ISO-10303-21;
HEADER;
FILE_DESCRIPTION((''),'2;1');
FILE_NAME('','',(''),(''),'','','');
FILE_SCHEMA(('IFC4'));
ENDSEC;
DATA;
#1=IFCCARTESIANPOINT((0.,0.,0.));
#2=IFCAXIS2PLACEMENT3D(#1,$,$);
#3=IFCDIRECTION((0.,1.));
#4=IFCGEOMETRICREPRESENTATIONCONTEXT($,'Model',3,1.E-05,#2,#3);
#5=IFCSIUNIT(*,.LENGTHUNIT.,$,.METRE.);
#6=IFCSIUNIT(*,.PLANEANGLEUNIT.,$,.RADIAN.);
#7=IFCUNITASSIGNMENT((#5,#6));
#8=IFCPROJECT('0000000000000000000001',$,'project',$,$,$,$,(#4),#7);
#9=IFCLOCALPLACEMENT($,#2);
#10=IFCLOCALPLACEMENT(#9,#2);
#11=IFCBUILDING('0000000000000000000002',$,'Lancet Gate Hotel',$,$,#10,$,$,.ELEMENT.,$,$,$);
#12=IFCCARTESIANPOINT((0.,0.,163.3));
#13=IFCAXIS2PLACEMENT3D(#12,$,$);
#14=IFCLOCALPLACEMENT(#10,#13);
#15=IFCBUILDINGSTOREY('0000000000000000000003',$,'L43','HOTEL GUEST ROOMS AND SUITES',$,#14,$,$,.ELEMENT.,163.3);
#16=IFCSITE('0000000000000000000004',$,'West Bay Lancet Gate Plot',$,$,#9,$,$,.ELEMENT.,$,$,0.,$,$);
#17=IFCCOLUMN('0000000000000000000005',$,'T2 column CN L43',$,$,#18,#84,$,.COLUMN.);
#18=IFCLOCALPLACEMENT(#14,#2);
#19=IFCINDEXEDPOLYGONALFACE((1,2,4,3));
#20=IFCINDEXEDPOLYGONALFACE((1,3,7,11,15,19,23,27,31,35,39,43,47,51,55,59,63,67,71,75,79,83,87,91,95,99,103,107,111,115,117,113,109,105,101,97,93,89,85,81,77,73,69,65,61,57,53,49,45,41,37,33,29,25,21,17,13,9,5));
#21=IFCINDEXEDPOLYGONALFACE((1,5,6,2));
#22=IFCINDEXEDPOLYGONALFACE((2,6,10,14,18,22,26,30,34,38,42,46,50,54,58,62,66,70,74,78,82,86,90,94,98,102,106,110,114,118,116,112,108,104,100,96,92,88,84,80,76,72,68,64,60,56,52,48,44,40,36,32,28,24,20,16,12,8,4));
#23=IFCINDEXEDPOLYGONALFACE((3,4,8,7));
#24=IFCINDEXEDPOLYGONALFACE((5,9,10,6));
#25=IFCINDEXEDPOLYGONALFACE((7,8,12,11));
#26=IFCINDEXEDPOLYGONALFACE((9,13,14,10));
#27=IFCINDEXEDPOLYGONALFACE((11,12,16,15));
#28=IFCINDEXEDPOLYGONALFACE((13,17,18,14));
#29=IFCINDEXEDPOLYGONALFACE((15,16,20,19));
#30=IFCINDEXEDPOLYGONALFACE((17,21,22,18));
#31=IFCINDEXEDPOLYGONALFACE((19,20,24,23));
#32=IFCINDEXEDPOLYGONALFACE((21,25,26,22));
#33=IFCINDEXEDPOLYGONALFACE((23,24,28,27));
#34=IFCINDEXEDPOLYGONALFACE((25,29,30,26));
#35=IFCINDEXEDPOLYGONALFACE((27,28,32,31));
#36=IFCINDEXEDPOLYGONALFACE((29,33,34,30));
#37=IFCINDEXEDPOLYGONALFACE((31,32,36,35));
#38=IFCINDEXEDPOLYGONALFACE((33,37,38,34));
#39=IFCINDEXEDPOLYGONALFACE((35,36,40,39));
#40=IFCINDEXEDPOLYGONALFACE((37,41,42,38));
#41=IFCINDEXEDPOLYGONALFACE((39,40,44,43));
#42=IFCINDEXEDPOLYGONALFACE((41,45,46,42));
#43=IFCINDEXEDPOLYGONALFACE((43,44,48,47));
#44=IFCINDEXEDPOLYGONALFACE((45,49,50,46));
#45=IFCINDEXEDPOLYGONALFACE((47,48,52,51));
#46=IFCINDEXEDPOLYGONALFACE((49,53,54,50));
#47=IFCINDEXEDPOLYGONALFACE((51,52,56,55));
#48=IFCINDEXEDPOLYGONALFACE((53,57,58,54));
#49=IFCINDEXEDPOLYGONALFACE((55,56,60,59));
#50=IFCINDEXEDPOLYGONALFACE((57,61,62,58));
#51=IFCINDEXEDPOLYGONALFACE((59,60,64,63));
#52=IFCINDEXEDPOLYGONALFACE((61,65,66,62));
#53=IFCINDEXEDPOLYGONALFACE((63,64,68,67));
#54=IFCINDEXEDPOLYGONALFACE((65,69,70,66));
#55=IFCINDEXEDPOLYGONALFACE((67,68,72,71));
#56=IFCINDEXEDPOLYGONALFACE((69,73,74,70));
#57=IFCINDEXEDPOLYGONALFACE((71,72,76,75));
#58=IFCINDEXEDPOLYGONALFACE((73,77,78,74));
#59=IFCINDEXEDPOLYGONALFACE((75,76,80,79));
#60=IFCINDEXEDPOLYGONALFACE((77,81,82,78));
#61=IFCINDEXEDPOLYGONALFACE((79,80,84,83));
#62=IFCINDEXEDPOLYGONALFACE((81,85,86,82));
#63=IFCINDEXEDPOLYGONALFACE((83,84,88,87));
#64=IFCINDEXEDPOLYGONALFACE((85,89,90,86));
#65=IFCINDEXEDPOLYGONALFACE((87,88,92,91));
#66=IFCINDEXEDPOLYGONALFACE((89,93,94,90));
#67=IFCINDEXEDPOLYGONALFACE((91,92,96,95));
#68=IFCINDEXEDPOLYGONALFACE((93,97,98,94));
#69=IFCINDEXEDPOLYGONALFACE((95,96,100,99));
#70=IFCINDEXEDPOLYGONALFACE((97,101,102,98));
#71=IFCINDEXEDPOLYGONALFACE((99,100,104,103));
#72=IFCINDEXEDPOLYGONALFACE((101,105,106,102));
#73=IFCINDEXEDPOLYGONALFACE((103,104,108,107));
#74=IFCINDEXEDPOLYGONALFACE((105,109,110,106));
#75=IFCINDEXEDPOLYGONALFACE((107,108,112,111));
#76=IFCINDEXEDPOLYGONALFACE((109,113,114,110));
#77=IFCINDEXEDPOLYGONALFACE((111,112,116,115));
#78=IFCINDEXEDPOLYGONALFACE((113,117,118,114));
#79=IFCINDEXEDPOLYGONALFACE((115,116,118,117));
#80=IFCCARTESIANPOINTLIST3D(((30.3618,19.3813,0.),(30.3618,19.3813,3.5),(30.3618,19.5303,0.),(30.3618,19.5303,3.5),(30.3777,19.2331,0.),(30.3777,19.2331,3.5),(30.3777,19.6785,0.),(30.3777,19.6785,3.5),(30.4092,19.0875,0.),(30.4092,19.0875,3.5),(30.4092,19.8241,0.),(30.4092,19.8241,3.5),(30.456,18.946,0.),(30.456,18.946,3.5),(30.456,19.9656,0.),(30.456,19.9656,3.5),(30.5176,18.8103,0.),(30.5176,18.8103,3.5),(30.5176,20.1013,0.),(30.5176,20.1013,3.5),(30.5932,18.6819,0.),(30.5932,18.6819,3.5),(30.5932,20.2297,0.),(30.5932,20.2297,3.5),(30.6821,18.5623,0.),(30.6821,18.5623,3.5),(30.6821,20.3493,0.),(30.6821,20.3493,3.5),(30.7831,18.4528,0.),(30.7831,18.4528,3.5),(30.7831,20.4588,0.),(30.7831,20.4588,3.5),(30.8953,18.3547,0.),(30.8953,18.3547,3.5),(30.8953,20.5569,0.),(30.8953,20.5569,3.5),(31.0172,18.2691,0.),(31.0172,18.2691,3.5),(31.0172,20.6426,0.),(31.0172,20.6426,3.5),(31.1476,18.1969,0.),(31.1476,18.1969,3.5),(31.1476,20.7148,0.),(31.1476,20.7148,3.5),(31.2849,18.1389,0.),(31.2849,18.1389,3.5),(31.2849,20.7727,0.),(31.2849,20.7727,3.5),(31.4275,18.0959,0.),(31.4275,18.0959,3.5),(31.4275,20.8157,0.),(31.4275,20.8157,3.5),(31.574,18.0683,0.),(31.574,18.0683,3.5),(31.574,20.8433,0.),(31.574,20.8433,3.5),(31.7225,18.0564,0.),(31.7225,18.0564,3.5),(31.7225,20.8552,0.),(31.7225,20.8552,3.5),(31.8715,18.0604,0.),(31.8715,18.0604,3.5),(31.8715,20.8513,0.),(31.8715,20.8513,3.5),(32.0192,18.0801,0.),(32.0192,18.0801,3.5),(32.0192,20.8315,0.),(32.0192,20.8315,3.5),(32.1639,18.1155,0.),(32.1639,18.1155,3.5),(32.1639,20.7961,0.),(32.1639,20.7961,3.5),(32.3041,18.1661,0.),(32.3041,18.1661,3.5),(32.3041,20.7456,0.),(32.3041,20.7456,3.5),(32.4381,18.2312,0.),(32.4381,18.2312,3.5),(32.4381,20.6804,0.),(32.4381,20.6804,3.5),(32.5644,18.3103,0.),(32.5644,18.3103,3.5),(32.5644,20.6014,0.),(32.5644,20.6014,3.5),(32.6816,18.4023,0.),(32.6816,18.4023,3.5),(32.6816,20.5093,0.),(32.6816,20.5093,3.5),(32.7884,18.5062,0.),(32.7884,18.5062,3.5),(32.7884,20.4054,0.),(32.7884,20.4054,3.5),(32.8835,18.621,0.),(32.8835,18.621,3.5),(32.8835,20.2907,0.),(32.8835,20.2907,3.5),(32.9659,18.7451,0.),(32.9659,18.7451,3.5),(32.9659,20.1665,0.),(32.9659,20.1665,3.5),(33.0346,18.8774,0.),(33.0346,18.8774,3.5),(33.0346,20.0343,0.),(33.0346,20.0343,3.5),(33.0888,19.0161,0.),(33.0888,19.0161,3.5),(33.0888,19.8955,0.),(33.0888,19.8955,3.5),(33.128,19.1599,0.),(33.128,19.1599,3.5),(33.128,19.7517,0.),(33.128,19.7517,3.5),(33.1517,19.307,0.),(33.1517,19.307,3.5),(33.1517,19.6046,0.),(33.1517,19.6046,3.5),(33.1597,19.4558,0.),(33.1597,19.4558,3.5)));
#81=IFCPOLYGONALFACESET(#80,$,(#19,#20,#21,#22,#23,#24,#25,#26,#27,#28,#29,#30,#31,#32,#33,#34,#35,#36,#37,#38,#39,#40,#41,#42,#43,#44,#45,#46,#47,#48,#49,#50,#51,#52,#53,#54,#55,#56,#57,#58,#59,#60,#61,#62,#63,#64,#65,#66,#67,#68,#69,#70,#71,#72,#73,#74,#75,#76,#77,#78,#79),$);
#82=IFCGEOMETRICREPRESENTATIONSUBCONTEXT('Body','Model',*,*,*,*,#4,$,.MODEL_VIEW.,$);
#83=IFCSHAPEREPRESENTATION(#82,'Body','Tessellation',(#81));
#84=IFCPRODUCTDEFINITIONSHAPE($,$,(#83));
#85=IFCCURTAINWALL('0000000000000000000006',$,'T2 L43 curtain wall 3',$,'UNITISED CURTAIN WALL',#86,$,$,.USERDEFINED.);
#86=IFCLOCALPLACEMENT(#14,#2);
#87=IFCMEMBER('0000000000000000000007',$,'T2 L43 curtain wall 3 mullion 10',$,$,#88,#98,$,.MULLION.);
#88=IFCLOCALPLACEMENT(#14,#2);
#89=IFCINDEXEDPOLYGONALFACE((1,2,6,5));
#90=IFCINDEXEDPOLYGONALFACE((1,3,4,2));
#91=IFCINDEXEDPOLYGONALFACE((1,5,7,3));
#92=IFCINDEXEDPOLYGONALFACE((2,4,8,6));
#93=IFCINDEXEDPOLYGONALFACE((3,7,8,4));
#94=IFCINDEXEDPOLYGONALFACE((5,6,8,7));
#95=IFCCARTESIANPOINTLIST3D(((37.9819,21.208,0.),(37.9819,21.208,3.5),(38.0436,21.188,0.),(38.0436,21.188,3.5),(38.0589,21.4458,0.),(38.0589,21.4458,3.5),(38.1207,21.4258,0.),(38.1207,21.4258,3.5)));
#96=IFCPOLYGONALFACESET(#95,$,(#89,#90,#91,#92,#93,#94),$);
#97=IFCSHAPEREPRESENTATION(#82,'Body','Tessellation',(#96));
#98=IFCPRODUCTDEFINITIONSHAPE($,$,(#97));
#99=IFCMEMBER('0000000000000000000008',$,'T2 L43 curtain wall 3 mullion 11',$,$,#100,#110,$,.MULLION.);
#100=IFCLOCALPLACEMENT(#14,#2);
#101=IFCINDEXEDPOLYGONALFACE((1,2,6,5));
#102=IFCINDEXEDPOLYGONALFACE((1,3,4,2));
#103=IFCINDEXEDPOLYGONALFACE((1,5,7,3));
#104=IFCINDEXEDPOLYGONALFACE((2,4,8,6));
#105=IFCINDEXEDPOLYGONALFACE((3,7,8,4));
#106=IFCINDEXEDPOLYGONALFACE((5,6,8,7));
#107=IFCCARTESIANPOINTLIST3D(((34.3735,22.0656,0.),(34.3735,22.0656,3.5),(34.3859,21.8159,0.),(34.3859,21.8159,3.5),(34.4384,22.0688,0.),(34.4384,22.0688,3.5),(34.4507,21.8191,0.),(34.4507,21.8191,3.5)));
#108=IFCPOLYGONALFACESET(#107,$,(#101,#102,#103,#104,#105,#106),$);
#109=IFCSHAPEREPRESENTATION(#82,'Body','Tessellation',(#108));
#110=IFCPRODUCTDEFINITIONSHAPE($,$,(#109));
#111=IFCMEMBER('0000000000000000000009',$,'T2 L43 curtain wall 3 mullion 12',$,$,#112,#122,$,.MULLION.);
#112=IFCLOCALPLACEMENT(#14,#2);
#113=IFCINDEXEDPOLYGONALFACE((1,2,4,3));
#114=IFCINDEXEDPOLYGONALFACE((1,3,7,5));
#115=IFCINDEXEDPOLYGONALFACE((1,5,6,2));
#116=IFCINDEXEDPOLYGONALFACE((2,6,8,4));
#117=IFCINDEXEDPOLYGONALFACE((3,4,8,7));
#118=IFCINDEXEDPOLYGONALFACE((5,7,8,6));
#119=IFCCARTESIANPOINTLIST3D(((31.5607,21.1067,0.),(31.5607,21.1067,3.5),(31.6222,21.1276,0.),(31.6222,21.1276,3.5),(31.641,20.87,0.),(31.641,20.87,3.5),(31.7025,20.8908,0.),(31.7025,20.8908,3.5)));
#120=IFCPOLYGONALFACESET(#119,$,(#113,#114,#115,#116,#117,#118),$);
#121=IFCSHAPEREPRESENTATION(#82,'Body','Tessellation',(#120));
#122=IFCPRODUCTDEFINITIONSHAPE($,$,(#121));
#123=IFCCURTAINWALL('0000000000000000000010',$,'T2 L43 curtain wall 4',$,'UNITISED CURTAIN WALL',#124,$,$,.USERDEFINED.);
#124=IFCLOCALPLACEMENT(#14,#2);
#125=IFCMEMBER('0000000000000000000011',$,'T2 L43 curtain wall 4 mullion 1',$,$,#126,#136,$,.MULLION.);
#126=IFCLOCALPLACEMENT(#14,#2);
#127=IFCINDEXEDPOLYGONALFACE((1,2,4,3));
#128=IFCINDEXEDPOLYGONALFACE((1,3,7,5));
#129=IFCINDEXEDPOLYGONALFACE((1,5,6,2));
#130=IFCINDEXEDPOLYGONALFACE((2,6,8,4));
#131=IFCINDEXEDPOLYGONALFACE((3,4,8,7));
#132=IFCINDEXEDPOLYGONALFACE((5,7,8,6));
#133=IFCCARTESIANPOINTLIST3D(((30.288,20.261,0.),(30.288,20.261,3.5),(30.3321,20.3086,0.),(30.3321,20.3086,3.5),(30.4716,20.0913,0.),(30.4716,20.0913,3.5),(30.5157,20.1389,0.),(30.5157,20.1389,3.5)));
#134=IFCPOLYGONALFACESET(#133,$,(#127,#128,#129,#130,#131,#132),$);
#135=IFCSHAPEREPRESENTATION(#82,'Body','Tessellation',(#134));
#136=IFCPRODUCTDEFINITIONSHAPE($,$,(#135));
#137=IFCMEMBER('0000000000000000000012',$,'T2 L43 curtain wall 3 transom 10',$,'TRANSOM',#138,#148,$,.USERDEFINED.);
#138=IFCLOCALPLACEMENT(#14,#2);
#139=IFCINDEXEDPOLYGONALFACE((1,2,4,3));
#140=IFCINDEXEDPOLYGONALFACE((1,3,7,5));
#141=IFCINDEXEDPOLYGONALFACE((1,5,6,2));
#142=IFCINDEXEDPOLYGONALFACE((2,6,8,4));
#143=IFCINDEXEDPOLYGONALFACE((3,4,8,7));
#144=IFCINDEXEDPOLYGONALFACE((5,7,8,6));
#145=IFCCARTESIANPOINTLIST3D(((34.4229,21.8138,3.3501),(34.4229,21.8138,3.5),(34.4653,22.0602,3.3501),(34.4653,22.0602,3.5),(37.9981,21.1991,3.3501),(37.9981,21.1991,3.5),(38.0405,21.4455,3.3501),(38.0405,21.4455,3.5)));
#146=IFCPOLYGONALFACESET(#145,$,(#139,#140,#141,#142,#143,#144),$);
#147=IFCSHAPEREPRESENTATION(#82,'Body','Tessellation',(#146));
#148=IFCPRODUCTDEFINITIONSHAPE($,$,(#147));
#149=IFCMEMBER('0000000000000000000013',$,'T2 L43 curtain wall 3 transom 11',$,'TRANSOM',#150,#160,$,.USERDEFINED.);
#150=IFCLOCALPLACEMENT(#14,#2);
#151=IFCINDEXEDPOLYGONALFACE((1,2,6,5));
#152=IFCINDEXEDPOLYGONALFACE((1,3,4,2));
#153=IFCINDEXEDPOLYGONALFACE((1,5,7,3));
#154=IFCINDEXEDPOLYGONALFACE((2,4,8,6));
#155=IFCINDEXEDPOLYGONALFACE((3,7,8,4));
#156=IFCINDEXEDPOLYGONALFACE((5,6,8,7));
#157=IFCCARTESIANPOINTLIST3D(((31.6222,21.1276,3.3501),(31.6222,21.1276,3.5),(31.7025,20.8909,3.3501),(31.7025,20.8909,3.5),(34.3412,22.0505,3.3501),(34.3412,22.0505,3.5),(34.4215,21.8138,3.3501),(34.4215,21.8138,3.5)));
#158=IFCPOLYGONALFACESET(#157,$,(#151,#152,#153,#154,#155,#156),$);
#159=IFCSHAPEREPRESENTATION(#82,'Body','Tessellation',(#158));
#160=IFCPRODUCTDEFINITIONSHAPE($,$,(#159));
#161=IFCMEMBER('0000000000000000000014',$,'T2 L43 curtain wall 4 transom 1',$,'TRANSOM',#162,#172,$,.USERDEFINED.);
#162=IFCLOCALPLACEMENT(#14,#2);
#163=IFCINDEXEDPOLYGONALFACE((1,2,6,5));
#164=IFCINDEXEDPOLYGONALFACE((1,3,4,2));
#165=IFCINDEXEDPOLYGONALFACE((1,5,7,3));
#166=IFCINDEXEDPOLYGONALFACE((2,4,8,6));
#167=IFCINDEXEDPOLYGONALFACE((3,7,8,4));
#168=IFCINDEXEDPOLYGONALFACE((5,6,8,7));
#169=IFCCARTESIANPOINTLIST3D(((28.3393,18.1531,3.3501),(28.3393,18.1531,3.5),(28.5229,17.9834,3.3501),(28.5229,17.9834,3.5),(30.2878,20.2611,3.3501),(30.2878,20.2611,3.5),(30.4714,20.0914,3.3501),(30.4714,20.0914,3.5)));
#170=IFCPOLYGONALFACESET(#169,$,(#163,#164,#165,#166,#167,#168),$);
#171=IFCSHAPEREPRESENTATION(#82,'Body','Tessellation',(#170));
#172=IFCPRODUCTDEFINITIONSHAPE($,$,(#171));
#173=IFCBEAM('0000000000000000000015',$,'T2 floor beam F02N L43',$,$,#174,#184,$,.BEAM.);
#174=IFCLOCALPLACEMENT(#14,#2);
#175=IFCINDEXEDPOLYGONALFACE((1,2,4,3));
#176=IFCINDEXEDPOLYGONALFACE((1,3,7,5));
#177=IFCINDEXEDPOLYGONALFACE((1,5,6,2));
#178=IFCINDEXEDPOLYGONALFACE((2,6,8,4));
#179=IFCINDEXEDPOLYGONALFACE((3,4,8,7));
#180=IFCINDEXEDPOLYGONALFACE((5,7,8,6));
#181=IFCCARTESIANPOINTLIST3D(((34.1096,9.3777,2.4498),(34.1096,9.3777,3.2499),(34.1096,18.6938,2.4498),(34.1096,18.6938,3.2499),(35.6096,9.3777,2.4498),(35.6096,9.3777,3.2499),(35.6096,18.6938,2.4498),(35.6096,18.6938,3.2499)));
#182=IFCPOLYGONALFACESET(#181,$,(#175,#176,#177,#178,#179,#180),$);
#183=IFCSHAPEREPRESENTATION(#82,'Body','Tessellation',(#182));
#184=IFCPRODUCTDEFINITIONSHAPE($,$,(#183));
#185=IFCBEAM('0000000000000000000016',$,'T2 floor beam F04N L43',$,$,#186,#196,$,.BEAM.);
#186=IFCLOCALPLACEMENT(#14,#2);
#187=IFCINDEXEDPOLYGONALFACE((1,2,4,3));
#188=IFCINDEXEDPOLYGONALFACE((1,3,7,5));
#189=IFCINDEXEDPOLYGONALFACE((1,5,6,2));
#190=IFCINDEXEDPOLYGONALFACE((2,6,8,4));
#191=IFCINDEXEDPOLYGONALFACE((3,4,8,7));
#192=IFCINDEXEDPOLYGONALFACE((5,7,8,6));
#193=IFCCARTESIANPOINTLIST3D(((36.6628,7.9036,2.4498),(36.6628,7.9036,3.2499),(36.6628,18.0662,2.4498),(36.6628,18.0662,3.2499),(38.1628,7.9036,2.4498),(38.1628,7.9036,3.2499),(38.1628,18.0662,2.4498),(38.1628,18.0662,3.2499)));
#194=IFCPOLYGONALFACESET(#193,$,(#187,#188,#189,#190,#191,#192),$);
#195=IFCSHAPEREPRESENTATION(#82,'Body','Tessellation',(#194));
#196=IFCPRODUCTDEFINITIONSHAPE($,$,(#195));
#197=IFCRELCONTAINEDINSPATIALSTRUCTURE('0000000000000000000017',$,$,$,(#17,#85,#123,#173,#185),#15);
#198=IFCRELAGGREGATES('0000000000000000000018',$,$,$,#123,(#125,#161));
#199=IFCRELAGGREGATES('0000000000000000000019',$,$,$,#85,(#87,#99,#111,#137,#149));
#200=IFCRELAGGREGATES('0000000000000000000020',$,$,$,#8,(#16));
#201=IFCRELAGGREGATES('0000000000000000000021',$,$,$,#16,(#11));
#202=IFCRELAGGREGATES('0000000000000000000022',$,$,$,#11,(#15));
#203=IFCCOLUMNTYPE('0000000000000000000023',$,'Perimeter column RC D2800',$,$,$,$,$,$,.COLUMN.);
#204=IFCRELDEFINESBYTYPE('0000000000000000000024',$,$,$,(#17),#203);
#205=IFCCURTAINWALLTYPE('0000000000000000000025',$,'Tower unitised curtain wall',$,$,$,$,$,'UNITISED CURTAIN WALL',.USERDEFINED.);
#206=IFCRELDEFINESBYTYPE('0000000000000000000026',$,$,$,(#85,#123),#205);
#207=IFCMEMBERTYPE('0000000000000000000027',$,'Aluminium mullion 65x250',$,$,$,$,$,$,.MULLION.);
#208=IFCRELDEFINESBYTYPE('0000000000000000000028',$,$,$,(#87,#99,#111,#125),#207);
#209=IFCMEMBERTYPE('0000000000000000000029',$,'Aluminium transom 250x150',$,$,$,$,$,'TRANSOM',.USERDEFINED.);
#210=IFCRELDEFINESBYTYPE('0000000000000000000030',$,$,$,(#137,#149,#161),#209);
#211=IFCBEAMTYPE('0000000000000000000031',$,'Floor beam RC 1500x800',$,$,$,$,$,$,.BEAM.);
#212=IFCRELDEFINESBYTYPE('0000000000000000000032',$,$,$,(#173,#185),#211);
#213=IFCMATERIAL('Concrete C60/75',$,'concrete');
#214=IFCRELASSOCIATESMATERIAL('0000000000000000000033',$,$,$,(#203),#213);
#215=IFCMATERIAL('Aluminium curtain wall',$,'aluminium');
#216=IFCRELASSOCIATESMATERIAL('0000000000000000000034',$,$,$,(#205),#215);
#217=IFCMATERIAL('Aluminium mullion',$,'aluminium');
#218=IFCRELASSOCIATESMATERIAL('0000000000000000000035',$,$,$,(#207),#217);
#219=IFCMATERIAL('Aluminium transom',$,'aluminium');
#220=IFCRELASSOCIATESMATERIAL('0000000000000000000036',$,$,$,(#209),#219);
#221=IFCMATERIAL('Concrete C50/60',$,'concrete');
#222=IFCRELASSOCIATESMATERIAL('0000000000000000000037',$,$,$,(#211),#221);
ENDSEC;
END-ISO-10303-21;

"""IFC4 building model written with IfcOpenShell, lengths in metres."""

from ifc_helpers import new_model, si_unit, direction, frame, origin, origin_2d, place, context, subcontext, project, spatial, rectangle, circle, extrude, material, material_profile, profile_set, type_object, element, aggregate, save


model = new_model("IFC4")

# Units and contexts
model_context = context("Model", 3, precision=1e-05, world=origin(), true_north=direction((0.0, 1.0)))
body_context = subcontext(model_context, "Body", "Model", "MODEL_VIEW")
ifc_project = project(units=[si_unit("LENGTHUNIT", "METRE"), si_unit("PLANEANGLEUNIT", "RADIAN")], contexts=[model_context])

# Site, building, storey
site_placement = place(None, origin())
site = spatial("IfcSite", under=ifc_project, at=site_placement, Name="West Bay Lancet Gate Plot", CompositionType="ELEMENT", RefElevation=0.0)
building_placement = place(site_placement, origin())
building = spatial("IfcBuilding", under=site, at=building_placement, Name="Lancet Gate Hotel", CompositionType="ELEMENT")
storey_placement = place(building_placement, frame((0.0, 0.0, 163.3)))
storey = spatial("IfcBuildingStorey", under=building, at=storey_placement, Name="L43", Description="HOTEL GUEST ROOMS AND SUITES", CompositionType="ELEMENT", Elevation=163.3)

# Column
ifc_material_1 = material(Name="Concrete C60/75", Category="concrete")
ifc_material_profile_1 = material_profile(ifc_material_1, circle(Radius=1.3999, at=origin_2d()), Name="RC D2800")
ifc_profile_set_1 = profile_set([ifc_material_profile_1], Name="Concrete C60/75")
column_type = type_object("IfcColumnType", Name="Perimeter column RC D2800", PredefinedType="COLUMN", material=ifc_profile_set_1)
column_placement = place(storey_placement, frame((31.7598, 19.4558, 0.0), z_axis=(0.0, 0.0, 1.0), x_axis=(1.0, 0.0, 0.0)))
element("IfcColumn", 1, at=column_placement, inside=storey, type_object=column_type, Name="T2 column CN L43", PredefinedType="COLUMN", context=body_context, shape_type="SweptSolid", body=[
    extrude(circle(Radius=1.3999, at=origin_2d()), origin(), (0.0, 0.0, 1.0), 3.5),
])

# Curtain wall, members
ifc_material_2 = material(Name="Aluminium curtain wall", Category="aluminium")
curtain_wall_type = type_object("IfcCurtainWallType", Name="Tower unitised curtain wall", ElementType="UNITISED CURTAIN WALL", PredefinedType="USERDEFINED", material=ifc_material_2)
curtain_wall_1_placement = place(storey_placement, origin())
curtain_wall_1 = element("IfcCurtainWall", 2, at=curtain_wall_1_placement, inside=storey, type_object=curtain_wall_type, Name="T2 L43 curtain wall 3", ObjectType="UNITISED CURTAIN WALL", PredefinedType="USERDEFINED")
ifc_material_3 = material(Name="Aluminium mullion", Category="aluminium")
ifc_material_profile_2 = material_profile(ifc_material_3, rectangle(XDim=0.0649, YDim=0.25, at=origin_2d()), Name="MULLION 65x250")
ifc_profile_set_2 = profile_set([ifc_material_profile_2], Name="Aluminium mullion")
member_type_1 = type_object("IfcMemberType", Name="Aluminium mullion 65x250", PredefinedType="MULLION", material=ifc_profile_set_2)
member_1_placement = place(storey_placement, frame((38.0513, 21.3169, 0.0), z_axis=(0.0, 0.0, 1.0), x_axis=(-0.951355, 0.308095, 0.0)))
member_1 = element("IfcMember", 3, at=member_1_placement, type_object=member_type_1, Name="T2 L43 curtain wall 3 mullion 10", PredefinedType="MULLION", context=body_context, shape_type="SweptSolid", body=[
    extrude(rectangle(XDim=0.0649, YDim=0.25, at=origin_2d()), origin(), (0.0, 0.0, 1.0), 3.5),
])
member_2_placement = place(storey_placement, frame((34.4121, 21.9424, 0.0), z_axis=(0.0, 0.0, 1.0), x_axis=(-0.998776, -0.049471, 0.0)))
member_2 = element("IfcMember", 4, at=member_2_placement, type_object=member_type_1, Name="T2 L43 curtain wall 3 mullion 11", PredefinedType="MULLION", context=body_context, shape_type="SweptSolid", body=[
    extrude(rectangle(XDim=0.0649, YDim=0.25, at=origin_2d()), origin(), (0.0, 0.0, 1.0), 3.5),
])
member_3_placement = place(storey_placement, frame((31.6316, 20.9988, 0.0), z_axis=(0.0, 0.0, 1.0), x_axis=(-0.946952, -0.321374, 0.0)))
member_3 = element("IfcMember", 5, at=member_3_placement, type_object=member_type_1, Name="T2 L43 curtain wall 3 mullion 12", PredefinedType="MULLION", context=body_context, shape_type="SweptSolid", body=[
    extrude(rectangle(XDim=0.0649, YDim=0.25, at=origin_2d()), origin(), (0.0, 0.0, 1.0), 3.5),
])

# Curtain wall, member
curtain_wall_2_placement = place(storey_placement, origin())
curtain_wall_2 = element("IfcCurtainWall", 6, at=curtain_wall_2_placement, inside=storey, type_object=curtain_wall_type, Name="T2 L43 curtain wall 4", ObjectType="UNITISED CURTAIN WALL", PredefinedType="USERDEFINED")
member_4_placement = place(storey_placement, frame((30.4019, 20.2, 0.0), z_axis=(0.0, 0.0, 1.0), x_axis=(-0.678831, -0.734294, 0.0)))
member_4 = element("IfcMember", 7, at=member_4_placement, type_object=member_type_1, Name="T2 L43 curtain wall 4 mullion 1", PredefinedType="MULLION", context=body_context, shape_type="SweptSolid", body=[
    extrude(rectangle(XDim=0.0649, YDim=0.25, at=origin_2d()), origin(), (0.0, 0.0, 1.0), 3.5),
])

# Members
ifc_material_4 = material(Name="Aluminium transom", Category="aluminium")
ifc_material_profile_3 = material_profile(ifc_material_4, rectangle(XDim=0.25, YDim=0.1499, at=origin_2d()), Name="TRANSOM 250x150")
ifc_profile_set_3 = profile_set([ifc_material_profile_3], Name="Aluminium transom")
member_type_2 = type_object("IfcMemberType", Name="Aluminium transom 250x150", ElementType="TRANSOM", PredefinedType="USERDEFINED", material=ifc_profile_set_3)
member_5_placement = place(storey_placement, frame((38.0193, 21.3223, 3.425), z_axis=(-0.985537, 0.169461, 0.0), x_axis=(-0.169461, -0.985537, 0.0)))
member_5 = element("IfcMember", 8, at=member_5_placement, type_object=member_type_2, Name="T2 L43 curtain wall 3 transom 10", ObjectType="TRANSOM", PredefinedType="USERDEFINED", context=body_context, shape_type="SweptSolid", body=[
    extrude(rectangle(XDim=0.25, YDim=0.1499, at=origin_2d()), origin(), (0.0, 0.0, 1.0), 3.6277),
])
member_6_placement = place(storey_placement, frame((34.3813, 21.9321, 3.425), z_axis=(-0.946943, -0.321401, 0.0), x_axis=(0.321401, -0.946943, 0.0)))
member_6 = element("IfcMember", 9, at=member_6_placement, type_object=member_type_2, Name="T2 L43 curtain wall 3 transom 11", ObjectType="TRANSOM", PredefinedType="USERDEFINED", context=body_context, shape_type="SweptSolid", body=[
    extrude(rectangle(XDim=0.25, YDim=0.1499, at=origin_2d()), origin(), (0.0, 0.0, 1.0), 2.8713),
])
member_7_placement = place(storey_placement, frame((30.3796, 20.1763, 3.425), z_axis=(-0.678792, -0.73433, 0.0), x_axis=(0.73433, -0.678792, 0.0)))
member_7 = element("IfcMember", 10, at=member_7_placement, type_object=member_type_2, Name="T2 L43 curtain wall 4 transom 1", ObjectType="TRANSOM", PredefinedType="USERDEFINED", context=body_context, shape_type="SweptSolid", body=[
    extrude(rectangle(XDim=0.25, YDim=0.1499, at=origin_2d()), origin(), (0.0, 0.0, 1.0), 2.8706),
])
aggregate(curtain_wall_2, [member_4, member_7])

# Beams
ifc_material_5 = material(Name="Concrete C50/60", Category="concrete")
ifc_material_profile_4 = material_profile(ifc_material_5, rectangle(XDim=1.5, YDim=0.8, at=origin_2d()), Name="RC 1500x800")
ifc_profile_set_4 = profile_set([ifc_material_profile_4], Name="Concrete C50/60")
beam_type = type_object("IfcBeamType", Name="Floor beam RC 1500x800", PredefinedType="BEAM", material=ifc_profile_set_4)
beam_1_placement = place(storey_placement, frame((34.8596, 9.3777, 2.8499), z_axis=(0.0, 1.0, 0.0), x_axis=(-1.0, 0.0, 0.0)))
element("IfcBeam", 11, at=beam_1_placement, inside=storey, type_object=beam_type, Name="T2 floor beam F02N L43", PredefinedType="BEAM", context=body_context, shape_type="SweptSolid", body=[
    extrude(rectangle(XDim=1.5, YDim=0.8, at=origin_2d()), origin(), (0.0, 0.0, 1.0), 9.3162),
])
beam_2_placement = place(storey_placement, frame((37.4128, 7.9036, 2.8499), z_axis=(0.0, 1.0, 0.0), x_axis=(-1.0, 0.0, 0.0)))
element("IfcBeam", 12, at=beam_2_placement, inside=storey, type_object=beam_type, Name="T2 floor beam F04N L43", PredefinedType="BEAM", context=body_context, shape_type="SweptSolid", body=[
    extrude(rectangle(XDim=1.5, YDim=0.8, at=origin_2d()), origin(), (0.0, 0.0, 1.0), 10.1626),
])

aggregate(curtain_wall_1, [member_1, member_2, member_3, member_5, member_6])

save(model, "model.ifc")
